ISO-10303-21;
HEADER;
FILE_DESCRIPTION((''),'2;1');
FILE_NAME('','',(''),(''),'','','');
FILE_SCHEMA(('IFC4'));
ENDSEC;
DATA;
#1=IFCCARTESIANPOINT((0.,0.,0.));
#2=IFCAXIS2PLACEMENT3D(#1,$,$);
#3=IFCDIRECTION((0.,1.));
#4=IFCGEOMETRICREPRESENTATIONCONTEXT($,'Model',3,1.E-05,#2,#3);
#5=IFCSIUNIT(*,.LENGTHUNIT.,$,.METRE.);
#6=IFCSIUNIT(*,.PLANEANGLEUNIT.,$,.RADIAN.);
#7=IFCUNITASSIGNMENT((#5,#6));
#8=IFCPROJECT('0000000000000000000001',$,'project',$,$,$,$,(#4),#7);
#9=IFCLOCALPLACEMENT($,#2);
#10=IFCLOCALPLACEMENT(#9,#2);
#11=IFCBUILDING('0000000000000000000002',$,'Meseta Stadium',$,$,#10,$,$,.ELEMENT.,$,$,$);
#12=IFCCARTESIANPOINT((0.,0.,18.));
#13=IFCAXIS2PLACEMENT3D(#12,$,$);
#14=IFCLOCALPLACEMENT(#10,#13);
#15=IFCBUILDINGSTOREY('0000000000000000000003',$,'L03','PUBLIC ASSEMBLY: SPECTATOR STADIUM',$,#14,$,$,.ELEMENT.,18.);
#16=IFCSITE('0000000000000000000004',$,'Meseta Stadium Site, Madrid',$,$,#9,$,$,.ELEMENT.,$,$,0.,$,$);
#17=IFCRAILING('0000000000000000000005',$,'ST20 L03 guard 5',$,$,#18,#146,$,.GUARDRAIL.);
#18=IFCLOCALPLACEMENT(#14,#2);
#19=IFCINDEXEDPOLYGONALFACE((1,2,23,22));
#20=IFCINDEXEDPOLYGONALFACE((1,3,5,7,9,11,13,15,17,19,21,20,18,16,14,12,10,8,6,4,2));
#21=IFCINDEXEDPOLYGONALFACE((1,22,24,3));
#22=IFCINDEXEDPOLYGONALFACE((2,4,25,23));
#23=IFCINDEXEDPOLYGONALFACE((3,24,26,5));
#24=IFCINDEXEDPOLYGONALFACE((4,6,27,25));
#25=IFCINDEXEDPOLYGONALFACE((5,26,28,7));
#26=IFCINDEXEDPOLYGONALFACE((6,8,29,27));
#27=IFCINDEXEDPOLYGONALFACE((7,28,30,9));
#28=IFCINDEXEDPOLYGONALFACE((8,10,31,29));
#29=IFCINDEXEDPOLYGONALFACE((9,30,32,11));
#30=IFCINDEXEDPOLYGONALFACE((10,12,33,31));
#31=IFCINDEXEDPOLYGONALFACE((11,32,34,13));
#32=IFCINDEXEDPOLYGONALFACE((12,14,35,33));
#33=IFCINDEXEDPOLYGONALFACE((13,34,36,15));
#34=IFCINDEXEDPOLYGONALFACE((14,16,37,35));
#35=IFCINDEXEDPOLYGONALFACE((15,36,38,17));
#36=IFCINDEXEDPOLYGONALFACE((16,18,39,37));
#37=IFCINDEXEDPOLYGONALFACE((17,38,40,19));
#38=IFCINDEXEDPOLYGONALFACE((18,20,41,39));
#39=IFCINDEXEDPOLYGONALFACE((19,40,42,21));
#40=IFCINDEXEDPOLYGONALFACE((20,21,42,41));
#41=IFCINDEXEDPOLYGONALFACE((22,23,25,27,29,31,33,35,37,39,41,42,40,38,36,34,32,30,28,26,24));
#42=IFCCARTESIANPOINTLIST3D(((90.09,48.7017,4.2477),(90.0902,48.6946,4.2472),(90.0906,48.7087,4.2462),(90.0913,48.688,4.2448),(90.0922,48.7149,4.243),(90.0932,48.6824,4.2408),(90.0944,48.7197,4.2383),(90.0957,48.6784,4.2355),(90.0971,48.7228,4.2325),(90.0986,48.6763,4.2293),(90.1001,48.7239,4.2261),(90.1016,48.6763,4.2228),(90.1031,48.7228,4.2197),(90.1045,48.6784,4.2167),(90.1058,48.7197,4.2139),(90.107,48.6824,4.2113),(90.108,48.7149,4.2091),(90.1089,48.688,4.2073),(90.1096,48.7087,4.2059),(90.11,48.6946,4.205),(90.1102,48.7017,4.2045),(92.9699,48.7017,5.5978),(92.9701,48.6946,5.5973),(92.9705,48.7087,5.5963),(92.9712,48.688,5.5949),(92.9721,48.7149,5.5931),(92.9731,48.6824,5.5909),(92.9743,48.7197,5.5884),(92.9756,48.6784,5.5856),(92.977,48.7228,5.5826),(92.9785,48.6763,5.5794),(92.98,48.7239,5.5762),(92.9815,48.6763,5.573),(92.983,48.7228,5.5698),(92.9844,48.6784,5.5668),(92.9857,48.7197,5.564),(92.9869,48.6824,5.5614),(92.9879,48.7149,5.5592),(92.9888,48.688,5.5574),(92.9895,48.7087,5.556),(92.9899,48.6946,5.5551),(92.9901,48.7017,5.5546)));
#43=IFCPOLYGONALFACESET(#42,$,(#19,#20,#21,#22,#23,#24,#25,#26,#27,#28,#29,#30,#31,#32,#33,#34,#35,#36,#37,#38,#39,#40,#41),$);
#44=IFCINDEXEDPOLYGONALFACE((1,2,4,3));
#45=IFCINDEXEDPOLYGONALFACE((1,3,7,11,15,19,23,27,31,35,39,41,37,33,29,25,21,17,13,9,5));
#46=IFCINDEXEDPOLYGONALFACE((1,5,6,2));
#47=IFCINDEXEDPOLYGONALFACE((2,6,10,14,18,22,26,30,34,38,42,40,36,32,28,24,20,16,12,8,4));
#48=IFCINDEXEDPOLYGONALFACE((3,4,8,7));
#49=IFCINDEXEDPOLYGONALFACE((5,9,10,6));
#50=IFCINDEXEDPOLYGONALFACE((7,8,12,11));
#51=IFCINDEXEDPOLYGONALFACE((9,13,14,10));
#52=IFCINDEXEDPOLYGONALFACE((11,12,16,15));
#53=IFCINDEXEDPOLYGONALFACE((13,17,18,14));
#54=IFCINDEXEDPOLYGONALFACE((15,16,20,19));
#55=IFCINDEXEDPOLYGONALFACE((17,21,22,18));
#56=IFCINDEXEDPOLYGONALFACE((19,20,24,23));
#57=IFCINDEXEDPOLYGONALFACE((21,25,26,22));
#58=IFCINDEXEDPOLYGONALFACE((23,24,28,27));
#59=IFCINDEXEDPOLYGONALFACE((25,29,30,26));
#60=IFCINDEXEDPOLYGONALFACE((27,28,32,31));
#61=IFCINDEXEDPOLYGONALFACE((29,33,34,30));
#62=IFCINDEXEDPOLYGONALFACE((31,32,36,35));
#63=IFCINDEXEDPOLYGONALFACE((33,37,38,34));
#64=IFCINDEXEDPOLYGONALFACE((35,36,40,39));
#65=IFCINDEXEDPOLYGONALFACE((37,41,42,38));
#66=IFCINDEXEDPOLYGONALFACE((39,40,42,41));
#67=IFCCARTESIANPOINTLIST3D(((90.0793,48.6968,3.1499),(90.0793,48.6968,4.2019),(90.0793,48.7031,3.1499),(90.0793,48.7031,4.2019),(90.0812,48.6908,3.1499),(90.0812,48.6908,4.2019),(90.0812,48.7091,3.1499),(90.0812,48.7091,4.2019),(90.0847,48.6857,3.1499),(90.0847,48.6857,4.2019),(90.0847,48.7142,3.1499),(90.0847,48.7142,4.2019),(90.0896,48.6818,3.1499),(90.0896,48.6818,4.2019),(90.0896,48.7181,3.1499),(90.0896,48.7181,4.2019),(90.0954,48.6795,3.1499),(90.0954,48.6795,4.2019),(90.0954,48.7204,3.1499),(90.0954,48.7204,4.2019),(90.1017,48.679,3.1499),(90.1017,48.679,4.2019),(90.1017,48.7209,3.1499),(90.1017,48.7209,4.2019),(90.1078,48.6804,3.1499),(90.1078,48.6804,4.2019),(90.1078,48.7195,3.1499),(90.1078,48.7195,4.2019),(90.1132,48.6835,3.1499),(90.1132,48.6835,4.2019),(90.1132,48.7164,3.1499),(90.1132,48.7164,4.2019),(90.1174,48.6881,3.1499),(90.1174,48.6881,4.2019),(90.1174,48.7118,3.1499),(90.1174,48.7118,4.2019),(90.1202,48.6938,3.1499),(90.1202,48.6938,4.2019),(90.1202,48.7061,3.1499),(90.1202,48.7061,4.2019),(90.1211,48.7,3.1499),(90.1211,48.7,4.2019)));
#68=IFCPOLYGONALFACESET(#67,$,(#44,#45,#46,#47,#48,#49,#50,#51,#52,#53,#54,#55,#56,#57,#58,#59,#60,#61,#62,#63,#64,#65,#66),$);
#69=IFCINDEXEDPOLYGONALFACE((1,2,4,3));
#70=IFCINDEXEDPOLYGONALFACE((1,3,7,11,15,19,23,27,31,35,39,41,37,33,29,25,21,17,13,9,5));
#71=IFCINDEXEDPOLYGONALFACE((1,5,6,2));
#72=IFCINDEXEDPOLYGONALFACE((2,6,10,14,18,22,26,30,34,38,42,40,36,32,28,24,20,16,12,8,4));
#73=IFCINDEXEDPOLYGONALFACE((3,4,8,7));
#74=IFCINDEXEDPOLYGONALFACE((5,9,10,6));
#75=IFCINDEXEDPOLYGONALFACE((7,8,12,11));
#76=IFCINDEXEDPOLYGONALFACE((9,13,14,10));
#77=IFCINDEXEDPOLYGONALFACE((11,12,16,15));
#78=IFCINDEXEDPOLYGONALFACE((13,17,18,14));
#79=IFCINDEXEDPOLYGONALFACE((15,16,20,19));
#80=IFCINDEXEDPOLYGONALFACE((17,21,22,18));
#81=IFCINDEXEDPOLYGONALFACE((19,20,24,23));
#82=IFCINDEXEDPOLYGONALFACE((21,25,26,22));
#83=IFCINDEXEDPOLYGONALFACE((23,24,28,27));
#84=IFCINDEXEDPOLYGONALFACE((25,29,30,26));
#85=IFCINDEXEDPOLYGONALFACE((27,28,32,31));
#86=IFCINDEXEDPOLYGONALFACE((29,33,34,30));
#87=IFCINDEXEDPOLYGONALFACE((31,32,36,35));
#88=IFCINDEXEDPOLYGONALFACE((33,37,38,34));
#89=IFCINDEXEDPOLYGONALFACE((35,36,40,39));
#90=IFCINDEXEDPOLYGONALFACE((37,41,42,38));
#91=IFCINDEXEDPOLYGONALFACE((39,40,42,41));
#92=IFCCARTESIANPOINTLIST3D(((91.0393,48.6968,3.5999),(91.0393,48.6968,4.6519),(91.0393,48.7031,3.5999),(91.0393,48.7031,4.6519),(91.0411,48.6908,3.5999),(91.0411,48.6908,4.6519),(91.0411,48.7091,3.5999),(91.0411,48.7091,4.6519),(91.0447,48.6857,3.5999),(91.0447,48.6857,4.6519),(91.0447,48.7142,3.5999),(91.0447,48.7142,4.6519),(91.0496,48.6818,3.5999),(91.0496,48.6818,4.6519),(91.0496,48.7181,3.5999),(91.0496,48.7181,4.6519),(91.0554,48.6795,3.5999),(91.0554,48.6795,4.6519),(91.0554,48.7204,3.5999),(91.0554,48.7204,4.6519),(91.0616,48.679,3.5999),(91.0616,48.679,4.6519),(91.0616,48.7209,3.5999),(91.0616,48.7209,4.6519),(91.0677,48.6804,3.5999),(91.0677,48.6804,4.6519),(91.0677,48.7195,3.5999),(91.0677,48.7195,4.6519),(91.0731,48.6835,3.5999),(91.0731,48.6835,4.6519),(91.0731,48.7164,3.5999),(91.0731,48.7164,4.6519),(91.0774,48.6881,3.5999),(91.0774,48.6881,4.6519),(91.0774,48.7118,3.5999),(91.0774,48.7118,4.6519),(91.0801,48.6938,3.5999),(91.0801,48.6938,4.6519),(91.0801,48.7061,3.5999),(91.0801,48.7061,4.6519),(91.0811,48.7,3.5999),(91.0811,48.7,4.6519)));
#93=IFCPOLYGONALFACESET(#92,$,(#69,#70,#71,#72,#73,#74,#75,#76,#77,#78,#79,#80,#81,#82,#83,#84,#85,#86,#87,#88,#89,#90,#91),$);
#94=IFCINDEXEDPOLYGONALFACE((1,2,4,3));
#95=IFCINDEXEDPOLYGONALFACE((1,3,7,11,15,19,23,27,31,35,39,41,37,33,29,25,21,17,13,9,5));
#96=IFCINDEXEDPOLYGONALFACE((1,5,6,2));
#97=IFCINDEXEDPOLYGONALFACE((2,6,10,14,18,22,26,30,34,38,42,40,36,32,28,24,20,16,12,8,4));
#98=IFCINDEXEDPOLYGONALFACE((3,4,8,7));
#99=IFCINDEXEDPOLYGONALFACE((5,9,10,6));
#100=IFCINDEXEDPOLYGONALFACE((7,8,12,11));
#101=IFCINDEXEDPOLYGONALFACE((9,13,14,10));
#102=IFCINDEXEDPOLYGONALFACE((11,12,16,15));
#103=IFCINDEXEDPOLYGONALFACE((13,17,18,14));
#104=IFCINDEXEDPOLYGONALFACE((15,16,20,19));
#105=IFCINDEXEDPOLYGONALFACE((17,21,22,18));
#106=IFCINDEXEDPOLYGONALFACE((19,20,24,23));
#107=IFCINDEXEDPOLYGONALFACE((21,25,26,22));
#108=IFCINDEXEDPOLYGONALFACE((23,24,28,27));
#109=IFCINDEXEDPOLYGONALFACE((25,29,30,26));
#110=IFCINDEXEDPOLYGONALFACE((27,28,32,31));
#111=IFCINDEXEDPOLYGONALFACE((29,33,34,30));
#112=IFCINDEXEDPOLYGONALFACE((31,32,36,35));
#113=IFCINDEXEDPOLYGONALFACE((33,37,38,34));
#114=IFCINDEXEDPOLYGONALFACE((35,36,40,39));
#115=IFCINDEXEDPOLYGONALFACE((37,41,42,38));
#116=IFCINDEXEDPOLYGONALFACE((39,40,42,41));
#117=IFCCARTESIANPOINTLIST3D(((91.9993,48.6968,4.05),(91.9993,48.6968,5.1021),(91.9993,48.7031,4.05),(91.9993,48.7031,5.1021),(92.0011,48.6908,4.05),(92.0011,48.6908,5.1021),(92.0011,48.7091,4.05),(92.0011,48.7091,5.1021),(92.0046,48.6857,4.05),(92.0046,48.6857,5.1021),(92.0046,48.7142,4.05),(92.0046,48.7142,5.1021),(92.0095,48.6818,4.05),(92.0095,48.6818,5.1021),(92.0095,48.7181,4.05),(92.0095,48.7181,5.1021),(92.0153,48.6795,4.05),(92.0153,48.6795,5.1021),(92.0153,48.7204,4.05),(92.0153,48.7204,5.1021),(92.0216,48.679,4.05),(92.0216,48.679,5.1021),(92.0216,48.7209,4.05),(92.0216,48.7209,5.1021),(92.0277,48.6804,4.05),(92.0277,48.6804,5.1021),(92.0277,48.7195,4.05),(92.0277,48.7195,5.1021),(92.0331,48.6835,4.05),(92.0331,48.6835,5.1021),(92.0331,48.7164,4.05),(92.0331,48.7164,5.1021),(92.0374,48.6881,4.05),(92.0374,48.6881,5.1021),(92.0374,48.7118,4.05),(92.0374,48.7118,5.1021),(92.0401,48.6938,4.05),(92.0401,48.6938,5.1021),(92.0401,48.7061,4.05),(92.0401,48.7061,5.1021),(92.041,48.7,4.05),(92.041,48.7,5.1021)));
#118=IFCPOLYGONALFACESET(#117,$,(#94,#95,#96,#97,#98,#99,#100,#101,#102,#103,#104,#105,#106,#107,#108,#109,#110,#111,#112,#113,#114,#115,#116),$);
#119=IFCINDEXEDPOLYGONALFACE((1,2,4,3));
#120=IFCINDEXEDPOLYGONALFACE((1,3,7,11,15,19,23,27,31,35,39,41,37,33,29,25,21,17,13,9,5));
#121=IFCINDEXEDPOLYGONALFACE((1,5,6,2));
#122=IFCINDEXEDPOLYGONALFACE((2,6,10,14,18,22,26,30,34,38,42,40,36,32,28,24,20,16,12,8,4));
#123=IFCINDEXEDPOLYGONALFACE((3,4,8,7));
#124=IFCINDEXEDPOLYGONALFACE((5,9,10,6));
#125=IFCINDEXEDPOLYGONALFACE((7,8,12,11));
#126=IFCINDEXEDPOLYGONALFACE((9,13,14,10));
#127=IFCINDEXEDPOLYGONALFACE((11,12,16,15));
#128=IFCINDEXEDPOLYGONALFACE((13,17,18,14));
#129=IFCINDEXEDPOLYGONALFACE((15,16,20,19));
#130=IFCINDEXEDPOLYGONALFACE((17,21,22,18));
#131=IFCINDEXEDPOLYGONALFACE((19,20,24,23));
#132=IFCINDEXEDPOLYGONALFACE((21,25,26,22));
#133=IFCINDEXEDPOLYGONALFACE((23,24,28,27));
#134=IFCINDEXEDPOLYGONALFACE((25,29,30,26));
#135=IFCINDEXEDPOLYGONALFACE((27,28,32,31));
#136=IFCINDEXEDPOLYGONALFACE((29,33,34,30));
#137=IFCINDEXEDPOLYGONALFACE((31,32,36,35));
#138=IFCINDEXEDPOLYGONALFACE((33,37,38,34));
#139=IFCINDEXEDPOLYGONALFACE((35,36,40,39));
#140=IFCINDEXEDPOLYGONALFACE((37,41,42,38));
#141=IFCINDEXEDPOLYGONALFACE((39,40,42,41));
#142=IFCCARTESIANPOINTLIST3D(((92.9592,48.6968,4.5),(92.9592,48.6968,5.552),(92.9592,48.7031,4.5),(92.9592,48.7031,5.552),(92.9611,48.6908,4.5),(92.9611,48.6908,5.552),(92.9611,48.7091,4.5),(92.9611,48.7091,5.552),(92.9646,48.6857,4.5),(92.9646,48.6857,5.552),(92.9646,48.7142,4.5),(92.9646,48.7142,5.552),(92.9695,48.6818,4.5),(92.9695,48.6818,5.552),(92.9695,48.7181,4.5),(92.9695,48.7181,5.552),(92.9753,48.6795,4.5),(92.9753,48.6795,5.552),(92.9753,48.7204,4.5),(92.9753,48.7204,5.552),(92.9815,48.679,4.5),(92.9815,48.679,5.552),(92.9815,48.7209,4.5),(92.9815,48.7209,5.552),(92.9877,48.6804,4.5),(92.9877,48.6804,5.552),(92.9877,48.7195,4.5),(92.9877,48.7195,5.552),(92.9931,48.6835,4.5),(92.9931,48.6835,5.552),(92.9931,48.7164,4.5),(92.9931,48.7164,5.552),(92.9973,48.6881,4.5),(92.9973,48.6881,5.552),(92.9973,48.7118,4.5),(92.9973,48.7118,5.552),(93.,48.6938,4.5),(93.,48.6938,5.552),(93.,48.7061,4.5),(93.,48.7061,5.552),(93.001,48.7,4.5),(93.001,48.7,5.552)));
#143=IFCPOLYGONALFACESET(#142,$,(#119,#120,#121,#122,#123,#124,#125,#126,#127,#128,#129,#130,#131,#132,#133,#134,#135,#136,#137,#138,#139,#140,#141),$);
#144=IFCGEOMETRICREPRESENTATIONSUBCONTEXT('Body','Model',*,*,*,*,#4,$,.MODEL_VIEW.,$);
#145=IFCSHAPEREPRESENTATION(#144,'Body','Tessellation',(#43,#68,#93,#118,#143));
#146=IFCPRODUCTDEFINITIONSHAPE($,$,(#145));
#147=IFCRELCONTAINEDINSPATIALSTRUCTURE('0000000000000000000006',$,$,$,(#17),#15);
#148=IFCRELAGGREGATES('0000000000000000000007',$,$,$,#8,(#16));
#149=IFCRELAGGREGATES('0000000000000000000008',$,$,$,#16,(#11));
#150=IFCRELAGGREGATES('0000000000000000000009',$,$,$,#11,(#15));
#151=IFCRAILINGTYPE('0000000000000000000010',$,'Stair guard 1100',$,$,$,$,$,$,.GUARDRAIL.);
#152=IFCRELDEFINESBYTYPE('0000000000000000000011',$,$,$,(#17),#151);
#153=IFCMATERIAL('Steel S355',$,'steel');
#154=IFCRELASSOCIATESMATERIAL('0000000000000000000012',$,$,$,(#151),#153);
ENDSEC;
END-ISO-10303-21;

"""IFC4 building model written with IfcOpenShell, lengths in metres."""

from ifc_helpers import new_model, si_unit, direction, frame, origin, origin_2d, place, context, subcontext, project, spatial, circle, extrude, material, type_object, element, save


model = new_model("IFC4")

# Units and contexts
model_context = context("Model", 3, precision=1e-05, world=origin(), true_north=direction((0.0, 1.0)))
body_context = subcontext(model_context, "Body", "Model", "MODEL_VIEW")
ifc_project = project(units=[si_unit("LENGTHUNIT", "METRE"), si_unit("PLANEANGLEUNIT", "RADIAN")], contexts=[model_context])

# Site, building, storey
site_placement = place(None, origin())
site = spatial("IfcSite", under=ifc_project, at=site_placement, Name="Meseta Stadium Site, Madrid", CompositionType="ELEMENT", RefElevation=0.0)
building_placement = place(site_placement, origin())
building = spatial("IfcBuilding", under=site, at=building_placement, Name="Meseta Stadium", CompositionType="ELEMENT")
storey_placement = place(building_placement, frame((0.0, 0.0, 18.0)))
storey = spatial("IfcBuildingStorey", under=building, at=storey_placement, Name="L03", Description="PUBLIC ASSEMBLY: SPECTATOR STADIUM", CompositionType="ELEMENT", Elevation=18.0)

# Railing
ifc_material_1 = material(Name="Steel S355", Category="steel")
railing_type_1 = type_object("IfcRailingType", Name="Stair guard 1100", PredefinedType="GUARDRAIL", material=ifc_material_1)
railing_1_placement = place(storey_placement, frame((90.1001, 48.7, 3.1499)))
element("IfcRailing", 1, at=railing_1_placement, inside=storey, type_object=railing_type_1, Name="ST20 L03 guard 5", PredefinedType="GUARDRAIL", context=body_context, shape_type="SweptSolid", body=[
    extrude(circle(Radius=0.0239, at=origin_2d()), frame((0.0, 0.0, 1.0762), z_axis=(0.90544, 0.0, 0.424473), x_axis=(0.0, 1.0, 0.0)), (0.0, 0.0, 1.0), 3.1807),
    extrude(circle(Radius=0.021, at=origin_2d()), origin(), (0.0, 0.0, 1.0), 1.052),
    extrude(circle(Radius=0.021, at=origin_2d()), frame((0.96, 0.0, 0.45)), (0.0, 0.0, 1.0), 1.052),
    extrude(circle(Radius=0.021, at=origin_2d()), frame((1.9199, 0.0, 0.9001)), (0.0, 0.0, 1.0), 1.052),
    extrude(circle(Radius=0.021, at=origin_2d()), frame((2.8799, 0.0, 1.3501)), (0.0, 0.0, 1.0), 1.052),
])

save(model, "model.ifc")
